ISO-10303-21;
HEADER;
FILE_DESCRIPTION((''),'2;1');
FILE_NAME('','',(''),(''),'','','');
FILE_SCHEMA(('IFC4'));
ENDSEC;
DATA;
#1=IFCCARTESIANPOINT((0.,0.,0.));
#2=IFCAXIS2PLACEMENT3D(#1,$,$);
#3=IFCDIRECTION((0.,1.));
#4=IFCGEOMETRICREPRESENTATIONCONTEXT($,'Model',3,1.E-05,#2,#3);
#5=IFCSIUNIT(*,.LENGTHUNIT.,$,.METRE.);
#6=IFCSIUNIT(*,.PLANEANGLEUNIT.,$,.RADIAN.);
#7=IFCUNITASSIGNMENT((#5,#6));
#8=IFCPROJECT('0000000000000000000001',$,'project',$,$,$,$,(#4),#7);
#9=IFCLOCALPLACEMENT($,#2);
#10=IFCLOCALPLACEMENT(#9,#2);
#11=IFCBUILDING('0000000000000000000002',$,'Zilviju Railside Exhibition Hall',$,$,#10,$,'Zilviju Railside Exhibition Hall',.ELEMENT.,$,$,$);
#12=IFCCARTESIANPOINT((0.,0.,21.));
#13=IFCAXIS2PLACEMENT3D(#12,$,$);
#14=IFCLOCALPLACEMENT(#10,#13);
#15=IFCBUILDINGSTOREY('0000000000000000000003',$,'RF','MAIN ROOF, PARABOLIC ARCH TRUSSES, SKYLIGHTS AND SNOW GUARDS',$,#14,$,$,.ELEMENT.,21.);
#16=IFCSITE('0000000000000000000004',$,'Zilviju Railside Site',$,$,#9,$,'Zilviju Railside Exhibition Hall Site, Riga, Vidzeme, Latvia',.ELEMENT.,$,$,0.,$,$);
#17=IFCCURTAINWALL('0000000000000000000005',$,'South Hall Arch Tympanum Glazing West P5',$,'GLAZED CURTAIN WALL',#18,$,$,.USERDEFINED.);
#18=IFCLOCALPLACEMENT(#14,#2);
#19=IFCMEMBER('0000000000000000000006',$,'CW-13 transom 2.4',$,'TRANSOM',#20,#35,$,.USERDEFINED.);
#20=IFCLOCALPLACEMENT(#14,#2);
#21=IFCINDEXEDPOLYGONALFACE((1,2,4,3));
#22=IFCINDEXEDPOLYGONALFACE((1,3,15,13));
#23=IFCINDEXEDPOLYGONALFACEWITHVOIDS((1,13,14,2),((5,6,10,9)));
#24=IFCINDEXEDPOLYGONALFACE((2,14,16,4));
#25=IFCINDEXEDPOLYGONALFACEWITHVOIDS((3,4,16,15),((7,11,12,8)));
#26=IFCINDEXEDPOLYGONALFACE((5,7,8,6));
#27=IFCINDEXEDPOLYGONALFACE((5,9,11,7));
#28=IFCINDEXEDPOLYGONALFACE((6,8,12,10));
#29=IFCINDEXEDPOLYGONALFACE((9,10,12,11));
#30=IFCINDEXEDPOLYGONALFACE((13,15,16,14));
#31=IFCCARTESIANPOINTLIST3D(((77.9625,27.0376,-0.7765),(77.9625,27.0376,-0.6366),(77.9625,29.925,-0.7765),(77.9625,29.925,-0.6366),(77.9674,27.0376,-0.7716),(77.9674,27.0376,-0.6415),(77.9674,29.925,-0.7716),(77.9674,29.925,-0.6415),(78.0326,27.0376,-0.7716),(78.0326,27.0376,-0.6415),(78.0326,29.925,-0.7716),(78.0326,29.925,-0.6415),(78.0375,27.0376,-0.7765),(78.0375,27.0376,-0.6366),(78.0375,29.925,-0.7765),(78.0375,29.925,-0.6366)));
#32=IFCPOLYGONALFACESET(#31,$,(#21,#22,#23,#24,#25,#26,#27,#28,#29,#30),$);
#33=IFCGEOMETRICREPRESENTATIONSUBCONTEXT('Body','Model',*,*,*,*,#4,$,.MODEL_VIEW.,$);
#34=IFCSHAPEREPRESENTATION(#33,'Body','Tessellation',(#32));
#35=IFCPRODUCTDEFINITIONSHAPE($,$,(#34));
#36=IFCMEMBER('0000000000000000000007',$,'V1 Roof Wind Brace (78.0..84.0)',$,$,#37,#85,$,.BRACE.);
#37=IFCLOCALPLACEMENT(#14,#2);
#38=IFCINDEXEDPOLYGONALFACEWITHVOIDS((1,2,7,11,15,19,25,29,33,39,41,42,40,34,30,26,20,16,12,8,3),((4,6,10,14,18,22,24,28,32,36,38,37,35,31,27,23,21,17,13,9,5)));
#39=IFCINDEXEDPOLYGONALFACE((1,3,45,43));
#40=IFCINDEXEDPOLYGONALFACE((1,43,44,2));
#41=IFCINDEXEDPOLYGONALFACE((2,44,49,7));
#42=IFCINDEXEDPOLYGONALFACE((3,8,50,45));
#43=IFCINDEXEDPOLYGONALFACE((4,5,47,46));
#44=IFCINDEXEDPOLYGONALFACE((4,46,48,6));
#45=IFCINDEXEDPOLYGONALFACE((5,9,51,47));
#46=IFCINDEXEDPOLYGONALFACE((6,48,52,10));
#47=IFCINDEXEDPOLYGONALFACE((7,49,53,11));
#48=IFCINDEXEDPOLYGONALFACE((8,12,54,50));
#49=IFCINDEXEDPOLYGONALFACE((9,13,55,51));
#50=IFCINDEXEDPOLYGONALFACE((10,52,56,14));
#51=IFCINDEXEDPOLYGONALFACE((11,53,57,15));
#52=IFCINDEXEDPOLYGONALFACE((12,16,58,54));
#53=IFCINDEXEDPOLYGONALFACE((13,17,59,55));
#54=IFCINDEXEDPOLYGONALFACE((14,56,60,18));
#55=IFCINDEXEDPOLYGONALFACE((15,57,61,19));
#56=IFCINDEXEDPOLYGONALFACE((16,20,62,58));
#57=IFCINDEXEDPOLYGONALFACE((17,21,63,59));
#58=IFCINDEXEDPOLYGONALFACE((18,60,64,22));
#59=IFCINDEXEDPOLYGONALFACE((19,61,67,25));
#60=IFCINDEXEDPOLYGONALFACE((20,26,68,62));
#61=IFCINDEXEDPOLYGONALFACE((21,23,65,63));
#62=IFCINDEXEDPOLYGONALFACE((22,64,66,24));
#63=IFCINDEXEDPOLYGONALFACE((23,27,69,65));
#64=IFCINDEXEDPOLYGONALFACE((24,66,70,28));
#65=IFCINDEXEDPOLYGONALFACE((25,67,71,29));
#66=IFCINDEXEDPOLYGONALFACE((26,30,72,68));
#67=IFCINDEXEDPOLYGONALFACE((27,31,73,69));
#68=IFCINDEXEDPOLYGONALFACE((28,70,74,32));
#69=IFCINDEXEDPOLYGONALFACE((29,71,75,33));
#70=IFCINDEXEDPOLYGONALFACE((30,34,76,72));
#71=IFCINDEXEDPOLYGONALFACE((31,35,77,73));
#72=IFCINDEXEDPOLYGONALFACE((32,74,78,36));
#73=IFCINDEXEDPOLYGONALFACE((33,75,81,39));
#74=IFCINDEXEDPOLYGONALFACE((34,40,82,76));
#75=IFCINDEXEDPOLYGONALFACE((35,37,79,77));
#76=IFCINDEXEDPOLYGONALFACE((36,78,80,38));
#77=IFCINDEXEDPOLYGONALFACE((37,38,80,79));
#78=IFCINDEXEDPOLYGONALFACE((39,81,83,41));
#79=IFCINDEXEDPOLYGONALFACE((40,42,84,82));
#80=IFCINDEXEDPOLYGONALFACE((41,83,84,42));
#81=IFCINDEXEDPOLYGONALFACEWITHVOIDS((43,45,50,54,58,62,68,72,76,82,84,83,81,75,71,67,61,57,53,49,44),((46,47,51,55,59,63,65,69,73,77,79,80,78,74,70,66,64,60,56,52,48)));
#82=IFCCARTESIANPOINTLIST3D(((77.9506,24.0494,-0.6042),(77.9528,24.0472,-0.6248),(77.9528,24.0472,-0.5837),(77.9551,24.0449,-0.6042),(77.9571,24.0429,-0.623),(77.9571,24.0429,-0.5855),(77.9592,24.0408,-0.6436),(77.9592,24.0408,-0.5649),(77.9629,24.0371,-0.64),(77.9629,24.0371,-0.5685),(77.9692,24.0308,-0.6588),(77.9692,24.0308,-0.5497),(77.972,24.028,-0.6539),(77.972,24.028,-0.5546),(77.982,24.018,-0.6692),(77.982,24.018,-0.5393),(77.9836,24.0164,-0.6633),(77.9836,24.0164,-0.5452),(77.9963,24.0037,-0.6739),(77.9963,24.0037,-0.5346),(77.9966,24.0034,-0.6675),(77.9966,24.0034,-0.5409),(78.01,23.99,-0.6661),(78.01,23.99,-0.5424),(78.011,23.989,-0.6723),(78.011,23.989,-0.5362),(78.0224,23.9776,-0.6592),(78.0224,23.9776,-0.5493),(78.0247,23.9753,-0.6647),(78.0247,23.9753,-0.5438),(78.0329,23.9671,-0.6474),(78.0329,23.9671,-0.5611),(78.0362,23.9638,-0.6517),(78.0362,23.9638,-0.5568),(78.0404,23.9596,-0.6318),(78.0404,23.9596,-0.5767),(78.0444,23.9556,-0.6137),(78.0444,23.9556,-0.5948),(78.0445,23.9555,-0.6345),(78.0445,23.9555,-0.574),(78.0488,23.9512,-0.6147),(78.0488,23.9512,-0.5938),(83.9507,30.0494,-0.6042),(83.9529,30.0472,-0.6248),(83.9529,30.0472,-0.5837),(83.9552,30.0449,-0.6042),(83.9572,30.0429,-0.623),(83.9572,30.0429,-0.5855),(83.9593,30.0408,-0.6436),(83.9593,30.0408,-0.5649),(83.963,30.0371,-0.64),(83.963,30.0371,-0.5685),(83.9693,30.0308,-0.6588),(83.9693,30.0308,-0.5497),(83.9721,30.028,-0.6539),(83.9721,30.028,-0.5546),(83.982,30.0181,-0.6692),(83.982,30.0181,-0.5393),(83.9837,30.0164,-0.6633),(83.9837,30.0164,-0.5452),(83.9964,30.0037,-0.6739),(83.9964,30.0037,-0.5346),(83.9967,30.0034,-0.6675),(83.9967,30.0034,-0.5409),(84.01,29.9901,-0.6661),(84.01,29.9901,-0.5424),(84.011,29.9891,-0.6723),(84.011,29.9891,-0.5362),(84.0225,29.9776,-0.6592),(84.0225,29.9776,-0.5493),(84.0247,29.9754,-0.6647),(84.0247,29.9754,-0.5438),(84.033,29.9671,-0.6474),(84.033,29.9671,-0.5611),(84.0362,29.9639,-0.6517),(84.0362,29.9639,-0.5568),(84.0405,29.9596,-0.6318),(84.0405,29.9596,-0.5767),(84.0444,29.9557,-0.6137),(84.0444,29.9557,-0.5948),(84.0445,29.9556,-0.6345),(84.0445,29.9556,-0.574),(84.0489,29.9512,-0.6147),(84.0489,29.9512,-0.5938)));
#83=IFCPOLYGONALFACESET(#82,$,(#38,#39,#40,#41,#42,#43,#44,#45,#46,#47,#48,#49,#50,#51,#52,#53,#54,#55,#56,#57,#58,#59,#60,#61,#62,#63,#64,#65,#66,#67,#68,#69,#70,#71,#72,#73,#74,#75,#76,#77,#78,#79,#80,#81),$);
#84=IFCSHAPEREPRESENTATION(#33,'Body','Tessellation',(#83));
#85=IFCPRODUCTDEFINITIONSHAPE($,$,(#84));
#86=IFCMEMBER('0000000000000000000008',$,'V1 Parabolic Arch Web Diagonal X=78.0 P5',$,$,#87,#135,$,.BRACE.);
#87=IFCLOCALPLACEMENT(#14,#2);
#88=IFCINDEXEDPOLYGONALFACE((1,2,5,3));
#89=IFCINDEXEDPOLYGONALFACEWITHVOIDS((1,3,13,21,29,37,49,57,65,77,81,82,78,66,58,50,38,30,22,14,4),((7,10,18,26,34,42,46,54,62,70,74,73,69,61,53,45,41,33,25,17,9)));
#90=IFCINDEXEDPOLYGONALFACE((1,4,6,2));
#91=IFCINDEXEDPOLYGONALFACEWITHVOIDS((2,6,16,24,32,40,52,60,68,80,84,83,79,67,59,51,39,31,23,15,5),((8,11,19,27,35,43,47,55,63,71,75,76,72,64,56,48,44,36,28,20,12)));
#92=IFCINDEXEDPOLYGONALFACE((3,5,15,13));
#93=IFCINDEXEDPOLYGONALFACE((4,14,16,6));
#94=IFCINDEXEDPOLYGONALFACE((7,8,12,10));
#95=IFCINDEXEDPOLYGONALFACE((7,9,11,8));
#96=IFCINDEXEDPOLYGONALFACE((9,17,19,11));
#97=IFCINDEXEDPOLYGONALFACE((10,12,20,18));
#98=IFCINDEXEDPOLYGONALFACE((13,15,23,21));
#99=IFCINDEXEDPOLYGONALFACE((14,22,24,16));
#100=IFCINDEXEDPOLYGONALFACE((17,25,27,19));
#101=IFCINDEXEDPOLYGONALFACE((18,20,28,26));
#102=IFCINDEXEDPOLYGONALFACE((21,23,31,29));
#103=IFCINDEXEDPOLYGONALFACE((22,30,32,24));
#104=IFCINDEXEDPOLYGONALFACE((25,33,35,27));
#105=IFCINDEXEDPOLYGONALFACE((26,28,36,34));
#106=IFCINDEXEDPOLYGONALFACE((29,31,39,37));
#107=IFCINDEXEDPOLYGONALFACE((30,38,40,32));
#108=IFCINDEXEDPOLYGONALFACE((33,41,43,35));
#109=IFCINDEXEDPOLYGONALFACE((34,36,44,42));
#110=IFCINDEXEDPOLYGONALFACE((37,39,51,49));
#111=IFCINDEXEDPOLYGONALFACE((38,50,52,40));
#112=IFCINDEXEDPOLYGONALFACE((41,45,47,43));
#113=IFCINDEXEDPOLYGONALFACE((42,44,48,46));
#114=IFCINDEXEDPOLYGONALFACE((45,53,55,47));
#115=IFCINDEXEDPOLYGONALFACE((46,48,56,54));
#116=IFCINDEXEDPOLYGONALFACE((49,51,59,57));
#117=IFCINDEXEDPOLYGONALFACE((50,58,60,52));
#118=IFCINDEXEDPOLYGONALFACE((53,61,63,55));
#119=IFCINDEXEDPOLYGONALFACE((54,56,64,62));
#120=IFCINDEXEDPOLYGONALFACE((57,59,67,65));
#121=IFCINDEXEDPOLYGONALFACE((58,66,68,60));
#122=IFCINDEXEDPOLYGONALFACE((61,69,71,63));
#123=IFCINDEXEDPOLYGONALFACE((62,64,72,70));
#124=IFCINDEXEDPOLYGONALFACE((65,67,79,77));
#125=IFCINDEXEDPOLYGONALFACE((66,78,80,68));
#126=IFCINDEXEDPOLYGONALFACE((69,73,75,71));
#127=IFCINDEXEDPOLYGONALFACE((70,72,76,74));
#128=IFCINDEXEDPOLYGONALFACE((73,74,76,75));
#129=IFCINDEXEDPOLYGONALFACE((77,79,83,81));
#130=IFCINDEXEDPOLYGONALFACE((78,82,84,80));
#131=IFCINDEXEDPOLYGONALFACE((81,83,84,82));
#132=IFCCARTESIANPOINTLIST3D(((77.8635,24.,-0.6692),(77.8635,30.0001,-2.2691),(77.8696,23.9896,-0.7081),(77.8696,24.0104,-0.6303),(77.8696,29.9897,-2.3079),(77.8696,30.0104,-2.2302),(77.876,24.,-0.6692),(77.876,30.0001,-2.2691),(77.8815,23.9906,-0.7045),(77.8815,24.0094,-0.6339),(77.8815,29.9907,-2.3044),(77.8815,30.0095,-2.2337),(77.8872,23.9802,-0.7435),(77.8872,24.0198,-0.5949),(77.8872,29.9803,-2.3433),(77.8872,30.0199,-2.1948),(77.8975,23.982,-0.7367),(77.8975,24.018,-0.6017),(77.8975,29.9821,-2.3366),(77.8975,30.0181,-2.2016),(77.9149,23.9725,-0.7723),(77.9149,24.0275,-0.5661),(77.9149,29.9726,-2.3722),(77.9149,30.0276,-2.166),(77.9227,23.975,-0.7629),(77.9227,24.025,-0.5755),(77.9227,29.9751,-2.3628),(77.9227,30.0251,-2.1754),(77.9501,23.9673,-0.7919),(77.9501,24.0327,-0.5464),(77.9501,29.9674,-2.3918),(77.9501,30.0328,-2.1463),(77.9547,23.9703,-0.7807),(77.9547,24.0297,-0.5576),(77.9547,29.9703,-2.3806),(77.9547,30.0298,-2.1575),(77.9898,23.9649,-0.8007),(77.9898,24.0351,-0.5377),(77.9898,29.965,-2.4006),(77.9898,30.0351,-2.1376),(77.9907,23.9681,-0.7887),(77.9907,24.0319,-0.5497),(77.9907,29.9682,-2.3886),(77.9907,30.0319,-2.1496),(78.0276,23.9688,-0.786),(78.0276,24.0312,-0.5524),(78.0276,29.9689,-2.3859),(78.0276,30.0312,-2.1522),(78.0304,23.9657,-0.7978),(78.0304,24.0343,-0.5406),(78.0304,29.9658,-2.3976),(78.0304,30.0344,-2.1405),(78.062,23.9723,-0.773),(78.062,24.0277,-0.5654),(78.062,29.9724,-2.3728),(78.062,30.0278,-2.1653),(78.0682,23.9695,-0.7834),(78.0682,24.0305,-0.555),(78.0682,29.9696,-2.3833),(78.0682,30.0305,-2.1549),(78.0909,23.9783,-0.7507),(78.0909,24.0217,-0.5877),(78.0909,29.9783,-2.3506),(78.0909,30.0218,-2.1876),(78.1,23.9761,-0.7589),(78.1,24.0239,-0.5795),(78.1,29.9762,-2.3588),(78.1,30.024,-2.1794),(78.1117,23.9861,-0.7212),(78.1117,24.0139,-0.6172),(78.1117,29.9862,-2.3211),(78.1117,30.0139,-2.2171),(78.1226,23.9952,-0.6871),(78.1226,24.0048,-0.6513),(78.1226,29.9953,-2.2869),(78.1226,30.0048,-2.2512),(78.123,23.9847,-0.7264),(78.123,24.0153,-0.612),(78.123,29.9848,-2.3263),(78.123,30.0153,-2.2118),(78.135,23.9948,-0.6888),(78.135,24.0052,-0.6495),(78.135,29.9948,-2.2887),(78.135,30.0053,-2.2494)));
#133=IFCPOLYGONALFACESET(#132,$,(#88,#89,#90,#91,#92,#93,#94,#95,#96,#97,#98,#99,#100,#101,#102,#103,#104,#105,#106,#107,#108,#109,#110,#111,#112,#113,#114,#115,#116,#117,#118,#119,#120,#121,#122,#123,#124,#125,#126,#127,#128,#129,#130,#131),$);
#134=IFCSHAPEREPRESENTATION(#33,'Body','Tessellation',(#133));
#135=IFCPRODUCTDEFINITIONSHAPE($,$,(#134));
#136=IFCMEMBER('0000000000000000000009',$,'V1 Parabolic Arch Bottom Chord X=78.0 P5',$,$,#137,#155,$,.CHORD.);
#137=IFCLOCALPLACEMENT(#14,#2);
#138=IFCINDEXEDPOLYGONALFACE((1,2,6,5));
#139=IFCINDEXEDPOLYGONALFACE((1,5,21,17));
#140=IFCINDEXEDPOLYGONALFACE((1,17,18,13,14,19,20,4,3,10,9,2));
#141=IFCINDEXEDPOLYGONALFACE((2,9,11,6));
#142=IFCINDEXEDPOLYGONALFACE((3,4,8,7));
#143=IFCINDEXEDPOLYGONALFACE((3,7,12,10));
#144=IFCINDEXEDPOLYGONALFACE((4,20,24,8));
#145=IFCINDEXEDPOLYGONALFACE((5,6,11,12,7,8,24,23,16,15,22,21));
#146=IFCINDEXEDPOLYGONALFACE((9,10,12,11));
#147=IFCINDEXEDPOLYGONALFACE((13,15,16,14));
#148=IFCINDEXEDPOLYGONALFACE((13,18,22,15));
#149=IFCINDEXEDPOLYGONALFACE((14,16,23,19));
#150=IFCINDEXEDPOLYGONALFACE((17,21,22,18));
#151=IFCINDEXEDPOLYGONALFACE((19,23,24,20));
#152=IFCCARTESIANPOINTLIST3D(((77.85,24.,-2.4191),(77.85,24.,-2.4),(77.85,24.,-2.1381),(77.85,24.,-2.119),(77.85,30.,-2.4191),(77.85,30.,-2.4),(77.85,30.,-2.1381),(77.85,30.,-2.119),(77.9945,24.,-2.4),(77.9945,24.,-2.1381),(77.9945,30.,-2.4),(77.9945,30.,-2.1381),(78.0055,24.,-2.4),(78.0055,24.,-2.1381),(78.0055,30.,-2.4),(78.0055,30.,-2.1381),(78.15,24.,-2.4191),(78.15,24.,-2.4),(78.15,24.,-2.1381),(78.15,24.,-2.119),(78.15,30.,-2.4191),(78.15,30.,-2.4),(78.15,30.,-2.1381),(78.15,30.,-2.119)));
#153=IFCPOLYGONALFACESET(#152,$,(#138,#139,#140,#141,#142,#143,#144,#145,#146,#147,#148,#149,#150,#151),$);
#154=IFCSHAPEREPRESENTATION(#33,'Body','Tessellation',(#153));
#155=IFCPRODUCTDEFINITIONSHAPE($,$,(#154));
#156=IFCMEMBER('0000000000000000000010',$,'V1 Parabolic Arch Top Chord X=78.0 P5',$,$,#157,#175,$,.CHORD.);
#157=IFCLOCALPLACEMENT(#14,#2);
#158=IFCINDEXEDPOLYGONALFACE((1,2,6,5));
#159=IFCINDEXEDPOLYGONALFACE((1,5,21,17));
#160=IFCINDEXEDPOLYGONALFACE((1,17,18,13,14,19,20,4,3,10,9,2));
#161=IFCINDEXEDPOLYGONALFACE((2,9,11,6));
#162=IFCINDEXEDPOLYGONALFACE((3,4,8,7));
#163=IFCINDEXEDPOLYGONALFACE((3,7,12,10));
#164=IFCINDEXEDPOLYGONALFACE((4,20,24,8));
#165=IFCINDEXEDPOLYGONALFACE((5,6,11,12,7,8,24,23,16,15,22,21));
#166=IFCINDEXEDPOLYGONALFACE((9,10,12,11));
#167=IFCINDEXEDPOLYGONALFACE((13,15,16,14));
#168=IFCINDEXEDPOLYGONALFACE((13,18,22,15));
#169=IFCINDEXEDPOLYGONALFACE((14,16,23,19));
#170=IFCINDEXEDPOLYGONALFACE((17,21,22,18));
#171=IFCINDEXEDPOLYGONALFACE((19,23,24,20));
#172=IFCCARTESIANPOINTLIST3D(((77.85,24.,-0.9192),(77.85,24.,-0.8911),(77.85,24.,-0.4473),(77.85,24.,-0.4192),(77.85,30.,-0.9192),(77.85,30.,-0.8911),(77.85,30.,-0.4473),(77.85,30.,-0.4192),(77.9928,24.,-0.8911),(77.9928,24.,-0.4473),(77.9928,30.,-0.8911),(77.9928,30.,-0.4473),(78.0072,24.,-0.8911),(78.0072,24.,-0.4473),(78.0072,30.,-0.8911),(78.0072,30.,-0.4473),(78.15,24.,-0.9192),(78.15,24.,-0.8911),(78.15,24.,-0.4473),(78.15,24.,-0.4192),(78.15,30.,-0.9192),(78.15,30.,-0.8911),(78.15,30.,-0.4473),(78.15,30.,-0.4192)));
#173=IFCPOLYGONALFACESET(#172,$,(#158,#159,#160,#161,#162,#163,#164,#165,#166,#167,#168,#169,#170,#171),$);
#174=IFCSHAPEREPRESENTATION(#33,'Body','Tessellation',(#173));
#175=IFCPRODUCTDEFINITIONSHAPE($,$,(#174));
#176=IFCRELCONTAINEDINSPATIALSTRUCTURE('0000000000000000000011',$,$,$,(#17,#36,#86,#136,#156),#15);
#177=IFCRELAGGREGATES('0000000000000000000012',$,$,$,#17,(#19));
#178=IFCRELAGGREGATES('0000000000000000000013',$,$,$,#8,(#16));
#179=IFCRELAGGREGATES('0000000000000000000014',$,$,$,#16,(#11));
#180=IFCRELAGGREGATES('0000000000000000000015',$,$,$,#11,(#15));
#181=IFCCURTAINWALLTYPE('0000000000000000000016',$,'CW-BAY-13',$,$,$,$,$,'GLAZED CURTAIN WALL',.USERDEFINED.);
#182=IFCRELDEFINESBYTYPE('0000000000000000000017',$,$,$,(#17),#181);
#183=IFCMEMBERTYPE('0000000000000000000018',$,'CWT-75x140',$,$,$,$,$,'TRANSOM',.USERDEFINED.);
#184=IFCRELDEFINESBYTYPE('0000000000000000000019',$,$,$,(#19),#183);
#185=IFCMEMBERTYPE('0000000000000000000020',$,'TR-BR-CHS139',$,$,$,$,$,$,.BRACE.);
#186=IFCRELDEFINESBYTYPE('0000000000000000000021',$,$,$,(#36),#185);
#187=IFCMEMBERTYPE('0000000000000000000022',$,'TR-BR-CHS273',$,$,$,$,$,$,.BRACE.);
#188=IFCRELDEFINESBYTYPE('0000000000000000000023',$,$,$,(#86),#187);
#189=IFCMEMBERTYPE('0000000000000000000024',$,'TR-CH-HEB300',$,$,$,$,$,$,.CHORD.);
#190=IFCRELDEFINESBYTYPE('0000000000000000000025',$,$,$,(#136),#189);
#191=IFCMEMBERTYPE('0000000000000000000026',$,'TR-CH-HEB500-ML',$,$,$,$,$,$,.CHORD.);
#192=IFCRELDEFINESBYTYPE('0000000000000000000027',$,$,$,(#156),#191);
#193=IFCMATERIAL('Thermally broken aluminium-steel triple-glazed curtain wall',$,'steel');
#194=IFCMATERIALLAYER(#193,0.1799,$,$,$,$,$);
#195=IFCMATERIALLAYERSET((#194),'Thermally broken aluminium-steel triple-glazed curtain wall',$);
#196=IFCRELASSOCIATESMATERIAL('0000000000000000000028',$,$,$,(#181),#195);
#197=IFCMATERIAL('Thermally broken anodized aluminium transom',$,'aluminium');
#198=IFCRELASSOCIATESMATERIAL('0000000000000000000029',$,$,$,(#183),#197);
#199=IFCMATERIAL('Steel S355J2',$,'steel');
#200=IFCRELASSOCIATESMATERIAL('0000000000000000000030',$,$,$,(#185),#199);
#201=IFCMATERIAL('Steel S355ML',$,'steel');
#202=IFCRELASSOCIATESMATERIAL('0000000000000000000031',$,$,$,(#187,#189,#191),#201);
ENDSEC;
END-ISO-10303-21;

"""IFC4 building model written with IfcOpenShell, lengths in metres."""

from ifc_helpers import new_model, si_unit, direction, frame, origin, origin_2d, place, context, subcontext, project, spatial, hollow_rectangle, hollow_circle, i_section, extrude, material, layer, layer_set, material_profile, profile_set, type_object, element, aggregate, save


model = new_model("IFC4")

# Units and contexts
model_context = context("Model", 3, precision=1e-05, world=origin(), true_north=direction((0.0, 1.0)))
body_context = subcontext(model_context, "Body", "Model", "MODEL_VIEW")
ifc_project = project(units=[si_unit("LENGTHUNIT", "METRE"), si_unit("PLANEANGLEUNIT", "RADIAN")], contexts=[model_context])

# Site, building, storey
site_placement = place(None, origin())
site = spatial("IfcSite", under=ifc_project, at=site_placement, Name="Zilviju Railside Site", LongName="Zilviju Railside Exhibition Hall Site, Riga, Vidzeme, Latvia", CompositionType="ELEMENT", RefElevation=0.0)
building_placement = place(site_placement, origin())
building = spatial("IfcBuilding", under=site, at=building_placement, Name="Zilviju Railside Exhibition Hall", LongName="Zilviju Railside Exhibition Hall", CompositionType="ELEMENT")
storey_placement = place(building_placement, frame((0.0, 0.0, 21.0)))
storey = spatial("IfcBuildingStorey", under=building, at=storey_placement, Name="RF", Description="MAIN ROOF, PARABOLIC ARCH TRUSSES, SKYLIGHTS AND SNOW GUARDS", CompositionType="ELEMENT", Elevation=21.0)

# Curtain wall
ifc_material_1 = material(Name="Thermally broken aluminium-steel triple-glazed curtain wall", Category="steel")
ifc_layer_1 = layer(ifc_material_1, 0.1799)
ifc_layer_set_1 = layer_set([ifc_layer_1], Name="Thermally broken aluminium-steel triple-glazed curtain wall")
curtain_wall_type_1 = type_object("IfcCurtainWallType", Name="CW-BAY-13", ElementType="GLAZED CURTAIN WALL", PredefinedType="USERDEFINED", material=ifc_layer_set_1)
curtain_wall_1_placement = place(storey_placement, origin())
curtain_wall_1 = element("IfcCurtainWall", 1, at=curtain_wall_1_placement, inside=storey, type_object=curtain_wall_type_1, Name="South Hall Arch Tympanum Glazing West P5", ObjectType="GLAZED CURTAIN WALL", PredefinedType="USERDEFINED")

# Member
ifc_material_2 = material(Name="Thermally broken anodized aluminium transom", Category="aluminium")
ifc_material_profile_1 = material_profile(ifc_material_2, hollow_rectangle(XDim=0.075, YDim=0.1399, WallThickness=0.0049, at=origin_2d()), Name="TRANSOM 140x75x5")
ifc_profile_set_1 = profile_set([ifc_material_profile_1], Name="Thermally broken anodized aluminium transom")
member_type_1 = type_object("IfcMemberType", Name="CWT-75x140", ElementType="TRANSOM", PredefinedType="USERDEFINED", material=ifc_profile_set_1)
member_1_placement = place(storey_placement, frame((78.0, 27.0376, -0.7065), z_axis=(0.0, 1.0, 0.0), x_axis=(-1.0, 0.0, 0.0)))
member_1 = element("IfcMember", 2, at=member_1_placement, type_object=member_type_1, Name="CW-13 transom 2.4", ObjectType="TRANSOM", PredefinedType="USERDEFINED", context=body_context, shape_type="SweptSolid", body=[
    extrude(hollow_rectangle(XDim=0.075, YDim=0.1399, WallThickness=0.0049, at=origin_2d()), origin(), (0.0, 0.0, 1.0), 2.8875),
])

# Members
ifc_material_3 = material(Name="Steel S355J2", Category="steel")
ifc_material_profile_2 = material_profile(ifc_material_3, hollow_circle(Radius=0.0698, WallThickness=0.0063, at=origin_2d()), Name="CHS 139.7x6.3")
ifc_profile_set_2 = profile_set([ifc_material_profile_2], Name="Steel S355J2")
member_type_2 = type_object("IfcMemberType", Name="TR-BR-CHS139", PredefinedType="BRACE", material=ifc_profile_set_2)
member_2_placement = place(storey_placement, frame((78.0, 24.0, -0.6042), z_axis=(0.707107, 0.707107, 0.0), x_axis=(-0.707107, 0.707107, 0.0)))
element("IfcMember", 3, at=member_2_placement, inside=storey, type_object=member_type_2, Name="V1 Roof Wind Brace (78.0..84.0)", PredefinedType="BRACE", context=body_context, shape_type="SweptSolid", body=[
    extrude(hollow_circle(Radius=0.0698, WallThickness=0.0063, at=origin_2d()), origin(), (0.0, 0.0, 1.0), 8.4854),
])
ifc_material_4 = material(Name="Steel S355ML", Category="steel")
ifc_material_profile_3 = material_profile(ifc_material_4, hollow_circle(Radius=0.1365, WallThickness=0.0125, at=origin_2d()), Name="CHS 273.0x12.5")
ifc_profile_set_3 = profile_set([ifc_material_profile_3], Name="Steel S355ML")
member_type_3 = type_object("IfcMemberType", Name="TR-BR-CHS273", PredefinedType="BRACE", material=ifc_profile_set_3)
member_3_placement = place(storey_placement, frame((78.0, 24.0, -0.6692), z_axis=(0.0, 0.966241, -0.257641), x_axis=(-1.0, 0.0, 0.0)))
element("IfcMember", 4, at=member_3_placement, inside=storey, type_object=member_type_3, Name="V1 Parabolic Arch Web Diagonal X=78.0 P5", PredefinedType="BRACE", context=body_context, shape_type="SweptSolid", body=[
    extrude(hollow_circle(Radius=0.1365, WallThickness=0.0125, at=origin_2d()), origin(), (0.0, 0.0, 1.0), 6.2097),
])
ifc_material_profile_4 = material_profile(ifc_material_4, i_section(OverallWidth=0.3, OverallDepth=0.3, WebThickness=0.011, FlangeThickness=0.019, at=origin_2d()), Name="HEB 300")
ifc_profile_set_4 = profile_set([ifc_material_profile_4], Name="Steel S355ML")
member_type_4 = type_object("IfcMemberType", Name="TR-CH-HEB300", PredefinedType="CHORD", material=ifc_profile_set_4)
member_4_placement = place(storey_placement, frame((78.0, 24.0, -2.269), z_axis=(0.0, 1.0, 0.0), x_axis=(-1.0, 0.0, 0.0)))
element("IfcMember", 5, at=member_4_placement, inside=storey, type_object=member_type_4, Name="V1 Parabolic Arch Bottom Chord X=78.0 P5", PredefinedType="CHORD", context=body_context, shape_type="SweptSolid", body=[
    extrude(i_section(OverallWidth=0.3, OverallDepth=0.3, WebThickness=0.011, FlangeThickness=0.019, at=origin_2d()), origin(), (0.0, 0.0, 1.0), 6.0),
])
ifc_material_profile_5 = material_profile(ifc_material_4, i_section(OverallWidth=0.3, OverallDepth=0.5, WebThickness=0.0144, FlangeThickness=0.0281, at=origin_2d()), Name="HEB 500")
ifc_profile_set_5 = profile_set([ifc_material_profile_5], Name="Steel S355ML")
member_type_5 = type_object("IfcMemberType", Name="TR-CH-HEB500-ML", PredefinedType="CHORD", material=ifc_profile_set_5)
member_5_placement = place(storey_placement, frame((78.0, 24.0, -0.6692), z_axis=(0.0, 1.0, 0.0), x_axis=(-1.0, 0.0, 0.0)))
element("IfcMember", 6, at=member_5_placement, inside=storey, type_object=member_type_5, Name="V1 Parabolic Arch Top Chord X=78.0 P5", PredefinedType="CHORD", context=body_context, shape_type="SweptSolid", body=[
    extrude(i_section(OverallWidth=0.3, OverallDepth=0.5, WebThickness=0.0144, FlangeThickness=0.0281, at=origin_2d()), origin(), (0.0, 0.0, 1.0), 6.0),
])

aggregate(curtain_wall_1, [member_1])

save(model, "model.ifc")
